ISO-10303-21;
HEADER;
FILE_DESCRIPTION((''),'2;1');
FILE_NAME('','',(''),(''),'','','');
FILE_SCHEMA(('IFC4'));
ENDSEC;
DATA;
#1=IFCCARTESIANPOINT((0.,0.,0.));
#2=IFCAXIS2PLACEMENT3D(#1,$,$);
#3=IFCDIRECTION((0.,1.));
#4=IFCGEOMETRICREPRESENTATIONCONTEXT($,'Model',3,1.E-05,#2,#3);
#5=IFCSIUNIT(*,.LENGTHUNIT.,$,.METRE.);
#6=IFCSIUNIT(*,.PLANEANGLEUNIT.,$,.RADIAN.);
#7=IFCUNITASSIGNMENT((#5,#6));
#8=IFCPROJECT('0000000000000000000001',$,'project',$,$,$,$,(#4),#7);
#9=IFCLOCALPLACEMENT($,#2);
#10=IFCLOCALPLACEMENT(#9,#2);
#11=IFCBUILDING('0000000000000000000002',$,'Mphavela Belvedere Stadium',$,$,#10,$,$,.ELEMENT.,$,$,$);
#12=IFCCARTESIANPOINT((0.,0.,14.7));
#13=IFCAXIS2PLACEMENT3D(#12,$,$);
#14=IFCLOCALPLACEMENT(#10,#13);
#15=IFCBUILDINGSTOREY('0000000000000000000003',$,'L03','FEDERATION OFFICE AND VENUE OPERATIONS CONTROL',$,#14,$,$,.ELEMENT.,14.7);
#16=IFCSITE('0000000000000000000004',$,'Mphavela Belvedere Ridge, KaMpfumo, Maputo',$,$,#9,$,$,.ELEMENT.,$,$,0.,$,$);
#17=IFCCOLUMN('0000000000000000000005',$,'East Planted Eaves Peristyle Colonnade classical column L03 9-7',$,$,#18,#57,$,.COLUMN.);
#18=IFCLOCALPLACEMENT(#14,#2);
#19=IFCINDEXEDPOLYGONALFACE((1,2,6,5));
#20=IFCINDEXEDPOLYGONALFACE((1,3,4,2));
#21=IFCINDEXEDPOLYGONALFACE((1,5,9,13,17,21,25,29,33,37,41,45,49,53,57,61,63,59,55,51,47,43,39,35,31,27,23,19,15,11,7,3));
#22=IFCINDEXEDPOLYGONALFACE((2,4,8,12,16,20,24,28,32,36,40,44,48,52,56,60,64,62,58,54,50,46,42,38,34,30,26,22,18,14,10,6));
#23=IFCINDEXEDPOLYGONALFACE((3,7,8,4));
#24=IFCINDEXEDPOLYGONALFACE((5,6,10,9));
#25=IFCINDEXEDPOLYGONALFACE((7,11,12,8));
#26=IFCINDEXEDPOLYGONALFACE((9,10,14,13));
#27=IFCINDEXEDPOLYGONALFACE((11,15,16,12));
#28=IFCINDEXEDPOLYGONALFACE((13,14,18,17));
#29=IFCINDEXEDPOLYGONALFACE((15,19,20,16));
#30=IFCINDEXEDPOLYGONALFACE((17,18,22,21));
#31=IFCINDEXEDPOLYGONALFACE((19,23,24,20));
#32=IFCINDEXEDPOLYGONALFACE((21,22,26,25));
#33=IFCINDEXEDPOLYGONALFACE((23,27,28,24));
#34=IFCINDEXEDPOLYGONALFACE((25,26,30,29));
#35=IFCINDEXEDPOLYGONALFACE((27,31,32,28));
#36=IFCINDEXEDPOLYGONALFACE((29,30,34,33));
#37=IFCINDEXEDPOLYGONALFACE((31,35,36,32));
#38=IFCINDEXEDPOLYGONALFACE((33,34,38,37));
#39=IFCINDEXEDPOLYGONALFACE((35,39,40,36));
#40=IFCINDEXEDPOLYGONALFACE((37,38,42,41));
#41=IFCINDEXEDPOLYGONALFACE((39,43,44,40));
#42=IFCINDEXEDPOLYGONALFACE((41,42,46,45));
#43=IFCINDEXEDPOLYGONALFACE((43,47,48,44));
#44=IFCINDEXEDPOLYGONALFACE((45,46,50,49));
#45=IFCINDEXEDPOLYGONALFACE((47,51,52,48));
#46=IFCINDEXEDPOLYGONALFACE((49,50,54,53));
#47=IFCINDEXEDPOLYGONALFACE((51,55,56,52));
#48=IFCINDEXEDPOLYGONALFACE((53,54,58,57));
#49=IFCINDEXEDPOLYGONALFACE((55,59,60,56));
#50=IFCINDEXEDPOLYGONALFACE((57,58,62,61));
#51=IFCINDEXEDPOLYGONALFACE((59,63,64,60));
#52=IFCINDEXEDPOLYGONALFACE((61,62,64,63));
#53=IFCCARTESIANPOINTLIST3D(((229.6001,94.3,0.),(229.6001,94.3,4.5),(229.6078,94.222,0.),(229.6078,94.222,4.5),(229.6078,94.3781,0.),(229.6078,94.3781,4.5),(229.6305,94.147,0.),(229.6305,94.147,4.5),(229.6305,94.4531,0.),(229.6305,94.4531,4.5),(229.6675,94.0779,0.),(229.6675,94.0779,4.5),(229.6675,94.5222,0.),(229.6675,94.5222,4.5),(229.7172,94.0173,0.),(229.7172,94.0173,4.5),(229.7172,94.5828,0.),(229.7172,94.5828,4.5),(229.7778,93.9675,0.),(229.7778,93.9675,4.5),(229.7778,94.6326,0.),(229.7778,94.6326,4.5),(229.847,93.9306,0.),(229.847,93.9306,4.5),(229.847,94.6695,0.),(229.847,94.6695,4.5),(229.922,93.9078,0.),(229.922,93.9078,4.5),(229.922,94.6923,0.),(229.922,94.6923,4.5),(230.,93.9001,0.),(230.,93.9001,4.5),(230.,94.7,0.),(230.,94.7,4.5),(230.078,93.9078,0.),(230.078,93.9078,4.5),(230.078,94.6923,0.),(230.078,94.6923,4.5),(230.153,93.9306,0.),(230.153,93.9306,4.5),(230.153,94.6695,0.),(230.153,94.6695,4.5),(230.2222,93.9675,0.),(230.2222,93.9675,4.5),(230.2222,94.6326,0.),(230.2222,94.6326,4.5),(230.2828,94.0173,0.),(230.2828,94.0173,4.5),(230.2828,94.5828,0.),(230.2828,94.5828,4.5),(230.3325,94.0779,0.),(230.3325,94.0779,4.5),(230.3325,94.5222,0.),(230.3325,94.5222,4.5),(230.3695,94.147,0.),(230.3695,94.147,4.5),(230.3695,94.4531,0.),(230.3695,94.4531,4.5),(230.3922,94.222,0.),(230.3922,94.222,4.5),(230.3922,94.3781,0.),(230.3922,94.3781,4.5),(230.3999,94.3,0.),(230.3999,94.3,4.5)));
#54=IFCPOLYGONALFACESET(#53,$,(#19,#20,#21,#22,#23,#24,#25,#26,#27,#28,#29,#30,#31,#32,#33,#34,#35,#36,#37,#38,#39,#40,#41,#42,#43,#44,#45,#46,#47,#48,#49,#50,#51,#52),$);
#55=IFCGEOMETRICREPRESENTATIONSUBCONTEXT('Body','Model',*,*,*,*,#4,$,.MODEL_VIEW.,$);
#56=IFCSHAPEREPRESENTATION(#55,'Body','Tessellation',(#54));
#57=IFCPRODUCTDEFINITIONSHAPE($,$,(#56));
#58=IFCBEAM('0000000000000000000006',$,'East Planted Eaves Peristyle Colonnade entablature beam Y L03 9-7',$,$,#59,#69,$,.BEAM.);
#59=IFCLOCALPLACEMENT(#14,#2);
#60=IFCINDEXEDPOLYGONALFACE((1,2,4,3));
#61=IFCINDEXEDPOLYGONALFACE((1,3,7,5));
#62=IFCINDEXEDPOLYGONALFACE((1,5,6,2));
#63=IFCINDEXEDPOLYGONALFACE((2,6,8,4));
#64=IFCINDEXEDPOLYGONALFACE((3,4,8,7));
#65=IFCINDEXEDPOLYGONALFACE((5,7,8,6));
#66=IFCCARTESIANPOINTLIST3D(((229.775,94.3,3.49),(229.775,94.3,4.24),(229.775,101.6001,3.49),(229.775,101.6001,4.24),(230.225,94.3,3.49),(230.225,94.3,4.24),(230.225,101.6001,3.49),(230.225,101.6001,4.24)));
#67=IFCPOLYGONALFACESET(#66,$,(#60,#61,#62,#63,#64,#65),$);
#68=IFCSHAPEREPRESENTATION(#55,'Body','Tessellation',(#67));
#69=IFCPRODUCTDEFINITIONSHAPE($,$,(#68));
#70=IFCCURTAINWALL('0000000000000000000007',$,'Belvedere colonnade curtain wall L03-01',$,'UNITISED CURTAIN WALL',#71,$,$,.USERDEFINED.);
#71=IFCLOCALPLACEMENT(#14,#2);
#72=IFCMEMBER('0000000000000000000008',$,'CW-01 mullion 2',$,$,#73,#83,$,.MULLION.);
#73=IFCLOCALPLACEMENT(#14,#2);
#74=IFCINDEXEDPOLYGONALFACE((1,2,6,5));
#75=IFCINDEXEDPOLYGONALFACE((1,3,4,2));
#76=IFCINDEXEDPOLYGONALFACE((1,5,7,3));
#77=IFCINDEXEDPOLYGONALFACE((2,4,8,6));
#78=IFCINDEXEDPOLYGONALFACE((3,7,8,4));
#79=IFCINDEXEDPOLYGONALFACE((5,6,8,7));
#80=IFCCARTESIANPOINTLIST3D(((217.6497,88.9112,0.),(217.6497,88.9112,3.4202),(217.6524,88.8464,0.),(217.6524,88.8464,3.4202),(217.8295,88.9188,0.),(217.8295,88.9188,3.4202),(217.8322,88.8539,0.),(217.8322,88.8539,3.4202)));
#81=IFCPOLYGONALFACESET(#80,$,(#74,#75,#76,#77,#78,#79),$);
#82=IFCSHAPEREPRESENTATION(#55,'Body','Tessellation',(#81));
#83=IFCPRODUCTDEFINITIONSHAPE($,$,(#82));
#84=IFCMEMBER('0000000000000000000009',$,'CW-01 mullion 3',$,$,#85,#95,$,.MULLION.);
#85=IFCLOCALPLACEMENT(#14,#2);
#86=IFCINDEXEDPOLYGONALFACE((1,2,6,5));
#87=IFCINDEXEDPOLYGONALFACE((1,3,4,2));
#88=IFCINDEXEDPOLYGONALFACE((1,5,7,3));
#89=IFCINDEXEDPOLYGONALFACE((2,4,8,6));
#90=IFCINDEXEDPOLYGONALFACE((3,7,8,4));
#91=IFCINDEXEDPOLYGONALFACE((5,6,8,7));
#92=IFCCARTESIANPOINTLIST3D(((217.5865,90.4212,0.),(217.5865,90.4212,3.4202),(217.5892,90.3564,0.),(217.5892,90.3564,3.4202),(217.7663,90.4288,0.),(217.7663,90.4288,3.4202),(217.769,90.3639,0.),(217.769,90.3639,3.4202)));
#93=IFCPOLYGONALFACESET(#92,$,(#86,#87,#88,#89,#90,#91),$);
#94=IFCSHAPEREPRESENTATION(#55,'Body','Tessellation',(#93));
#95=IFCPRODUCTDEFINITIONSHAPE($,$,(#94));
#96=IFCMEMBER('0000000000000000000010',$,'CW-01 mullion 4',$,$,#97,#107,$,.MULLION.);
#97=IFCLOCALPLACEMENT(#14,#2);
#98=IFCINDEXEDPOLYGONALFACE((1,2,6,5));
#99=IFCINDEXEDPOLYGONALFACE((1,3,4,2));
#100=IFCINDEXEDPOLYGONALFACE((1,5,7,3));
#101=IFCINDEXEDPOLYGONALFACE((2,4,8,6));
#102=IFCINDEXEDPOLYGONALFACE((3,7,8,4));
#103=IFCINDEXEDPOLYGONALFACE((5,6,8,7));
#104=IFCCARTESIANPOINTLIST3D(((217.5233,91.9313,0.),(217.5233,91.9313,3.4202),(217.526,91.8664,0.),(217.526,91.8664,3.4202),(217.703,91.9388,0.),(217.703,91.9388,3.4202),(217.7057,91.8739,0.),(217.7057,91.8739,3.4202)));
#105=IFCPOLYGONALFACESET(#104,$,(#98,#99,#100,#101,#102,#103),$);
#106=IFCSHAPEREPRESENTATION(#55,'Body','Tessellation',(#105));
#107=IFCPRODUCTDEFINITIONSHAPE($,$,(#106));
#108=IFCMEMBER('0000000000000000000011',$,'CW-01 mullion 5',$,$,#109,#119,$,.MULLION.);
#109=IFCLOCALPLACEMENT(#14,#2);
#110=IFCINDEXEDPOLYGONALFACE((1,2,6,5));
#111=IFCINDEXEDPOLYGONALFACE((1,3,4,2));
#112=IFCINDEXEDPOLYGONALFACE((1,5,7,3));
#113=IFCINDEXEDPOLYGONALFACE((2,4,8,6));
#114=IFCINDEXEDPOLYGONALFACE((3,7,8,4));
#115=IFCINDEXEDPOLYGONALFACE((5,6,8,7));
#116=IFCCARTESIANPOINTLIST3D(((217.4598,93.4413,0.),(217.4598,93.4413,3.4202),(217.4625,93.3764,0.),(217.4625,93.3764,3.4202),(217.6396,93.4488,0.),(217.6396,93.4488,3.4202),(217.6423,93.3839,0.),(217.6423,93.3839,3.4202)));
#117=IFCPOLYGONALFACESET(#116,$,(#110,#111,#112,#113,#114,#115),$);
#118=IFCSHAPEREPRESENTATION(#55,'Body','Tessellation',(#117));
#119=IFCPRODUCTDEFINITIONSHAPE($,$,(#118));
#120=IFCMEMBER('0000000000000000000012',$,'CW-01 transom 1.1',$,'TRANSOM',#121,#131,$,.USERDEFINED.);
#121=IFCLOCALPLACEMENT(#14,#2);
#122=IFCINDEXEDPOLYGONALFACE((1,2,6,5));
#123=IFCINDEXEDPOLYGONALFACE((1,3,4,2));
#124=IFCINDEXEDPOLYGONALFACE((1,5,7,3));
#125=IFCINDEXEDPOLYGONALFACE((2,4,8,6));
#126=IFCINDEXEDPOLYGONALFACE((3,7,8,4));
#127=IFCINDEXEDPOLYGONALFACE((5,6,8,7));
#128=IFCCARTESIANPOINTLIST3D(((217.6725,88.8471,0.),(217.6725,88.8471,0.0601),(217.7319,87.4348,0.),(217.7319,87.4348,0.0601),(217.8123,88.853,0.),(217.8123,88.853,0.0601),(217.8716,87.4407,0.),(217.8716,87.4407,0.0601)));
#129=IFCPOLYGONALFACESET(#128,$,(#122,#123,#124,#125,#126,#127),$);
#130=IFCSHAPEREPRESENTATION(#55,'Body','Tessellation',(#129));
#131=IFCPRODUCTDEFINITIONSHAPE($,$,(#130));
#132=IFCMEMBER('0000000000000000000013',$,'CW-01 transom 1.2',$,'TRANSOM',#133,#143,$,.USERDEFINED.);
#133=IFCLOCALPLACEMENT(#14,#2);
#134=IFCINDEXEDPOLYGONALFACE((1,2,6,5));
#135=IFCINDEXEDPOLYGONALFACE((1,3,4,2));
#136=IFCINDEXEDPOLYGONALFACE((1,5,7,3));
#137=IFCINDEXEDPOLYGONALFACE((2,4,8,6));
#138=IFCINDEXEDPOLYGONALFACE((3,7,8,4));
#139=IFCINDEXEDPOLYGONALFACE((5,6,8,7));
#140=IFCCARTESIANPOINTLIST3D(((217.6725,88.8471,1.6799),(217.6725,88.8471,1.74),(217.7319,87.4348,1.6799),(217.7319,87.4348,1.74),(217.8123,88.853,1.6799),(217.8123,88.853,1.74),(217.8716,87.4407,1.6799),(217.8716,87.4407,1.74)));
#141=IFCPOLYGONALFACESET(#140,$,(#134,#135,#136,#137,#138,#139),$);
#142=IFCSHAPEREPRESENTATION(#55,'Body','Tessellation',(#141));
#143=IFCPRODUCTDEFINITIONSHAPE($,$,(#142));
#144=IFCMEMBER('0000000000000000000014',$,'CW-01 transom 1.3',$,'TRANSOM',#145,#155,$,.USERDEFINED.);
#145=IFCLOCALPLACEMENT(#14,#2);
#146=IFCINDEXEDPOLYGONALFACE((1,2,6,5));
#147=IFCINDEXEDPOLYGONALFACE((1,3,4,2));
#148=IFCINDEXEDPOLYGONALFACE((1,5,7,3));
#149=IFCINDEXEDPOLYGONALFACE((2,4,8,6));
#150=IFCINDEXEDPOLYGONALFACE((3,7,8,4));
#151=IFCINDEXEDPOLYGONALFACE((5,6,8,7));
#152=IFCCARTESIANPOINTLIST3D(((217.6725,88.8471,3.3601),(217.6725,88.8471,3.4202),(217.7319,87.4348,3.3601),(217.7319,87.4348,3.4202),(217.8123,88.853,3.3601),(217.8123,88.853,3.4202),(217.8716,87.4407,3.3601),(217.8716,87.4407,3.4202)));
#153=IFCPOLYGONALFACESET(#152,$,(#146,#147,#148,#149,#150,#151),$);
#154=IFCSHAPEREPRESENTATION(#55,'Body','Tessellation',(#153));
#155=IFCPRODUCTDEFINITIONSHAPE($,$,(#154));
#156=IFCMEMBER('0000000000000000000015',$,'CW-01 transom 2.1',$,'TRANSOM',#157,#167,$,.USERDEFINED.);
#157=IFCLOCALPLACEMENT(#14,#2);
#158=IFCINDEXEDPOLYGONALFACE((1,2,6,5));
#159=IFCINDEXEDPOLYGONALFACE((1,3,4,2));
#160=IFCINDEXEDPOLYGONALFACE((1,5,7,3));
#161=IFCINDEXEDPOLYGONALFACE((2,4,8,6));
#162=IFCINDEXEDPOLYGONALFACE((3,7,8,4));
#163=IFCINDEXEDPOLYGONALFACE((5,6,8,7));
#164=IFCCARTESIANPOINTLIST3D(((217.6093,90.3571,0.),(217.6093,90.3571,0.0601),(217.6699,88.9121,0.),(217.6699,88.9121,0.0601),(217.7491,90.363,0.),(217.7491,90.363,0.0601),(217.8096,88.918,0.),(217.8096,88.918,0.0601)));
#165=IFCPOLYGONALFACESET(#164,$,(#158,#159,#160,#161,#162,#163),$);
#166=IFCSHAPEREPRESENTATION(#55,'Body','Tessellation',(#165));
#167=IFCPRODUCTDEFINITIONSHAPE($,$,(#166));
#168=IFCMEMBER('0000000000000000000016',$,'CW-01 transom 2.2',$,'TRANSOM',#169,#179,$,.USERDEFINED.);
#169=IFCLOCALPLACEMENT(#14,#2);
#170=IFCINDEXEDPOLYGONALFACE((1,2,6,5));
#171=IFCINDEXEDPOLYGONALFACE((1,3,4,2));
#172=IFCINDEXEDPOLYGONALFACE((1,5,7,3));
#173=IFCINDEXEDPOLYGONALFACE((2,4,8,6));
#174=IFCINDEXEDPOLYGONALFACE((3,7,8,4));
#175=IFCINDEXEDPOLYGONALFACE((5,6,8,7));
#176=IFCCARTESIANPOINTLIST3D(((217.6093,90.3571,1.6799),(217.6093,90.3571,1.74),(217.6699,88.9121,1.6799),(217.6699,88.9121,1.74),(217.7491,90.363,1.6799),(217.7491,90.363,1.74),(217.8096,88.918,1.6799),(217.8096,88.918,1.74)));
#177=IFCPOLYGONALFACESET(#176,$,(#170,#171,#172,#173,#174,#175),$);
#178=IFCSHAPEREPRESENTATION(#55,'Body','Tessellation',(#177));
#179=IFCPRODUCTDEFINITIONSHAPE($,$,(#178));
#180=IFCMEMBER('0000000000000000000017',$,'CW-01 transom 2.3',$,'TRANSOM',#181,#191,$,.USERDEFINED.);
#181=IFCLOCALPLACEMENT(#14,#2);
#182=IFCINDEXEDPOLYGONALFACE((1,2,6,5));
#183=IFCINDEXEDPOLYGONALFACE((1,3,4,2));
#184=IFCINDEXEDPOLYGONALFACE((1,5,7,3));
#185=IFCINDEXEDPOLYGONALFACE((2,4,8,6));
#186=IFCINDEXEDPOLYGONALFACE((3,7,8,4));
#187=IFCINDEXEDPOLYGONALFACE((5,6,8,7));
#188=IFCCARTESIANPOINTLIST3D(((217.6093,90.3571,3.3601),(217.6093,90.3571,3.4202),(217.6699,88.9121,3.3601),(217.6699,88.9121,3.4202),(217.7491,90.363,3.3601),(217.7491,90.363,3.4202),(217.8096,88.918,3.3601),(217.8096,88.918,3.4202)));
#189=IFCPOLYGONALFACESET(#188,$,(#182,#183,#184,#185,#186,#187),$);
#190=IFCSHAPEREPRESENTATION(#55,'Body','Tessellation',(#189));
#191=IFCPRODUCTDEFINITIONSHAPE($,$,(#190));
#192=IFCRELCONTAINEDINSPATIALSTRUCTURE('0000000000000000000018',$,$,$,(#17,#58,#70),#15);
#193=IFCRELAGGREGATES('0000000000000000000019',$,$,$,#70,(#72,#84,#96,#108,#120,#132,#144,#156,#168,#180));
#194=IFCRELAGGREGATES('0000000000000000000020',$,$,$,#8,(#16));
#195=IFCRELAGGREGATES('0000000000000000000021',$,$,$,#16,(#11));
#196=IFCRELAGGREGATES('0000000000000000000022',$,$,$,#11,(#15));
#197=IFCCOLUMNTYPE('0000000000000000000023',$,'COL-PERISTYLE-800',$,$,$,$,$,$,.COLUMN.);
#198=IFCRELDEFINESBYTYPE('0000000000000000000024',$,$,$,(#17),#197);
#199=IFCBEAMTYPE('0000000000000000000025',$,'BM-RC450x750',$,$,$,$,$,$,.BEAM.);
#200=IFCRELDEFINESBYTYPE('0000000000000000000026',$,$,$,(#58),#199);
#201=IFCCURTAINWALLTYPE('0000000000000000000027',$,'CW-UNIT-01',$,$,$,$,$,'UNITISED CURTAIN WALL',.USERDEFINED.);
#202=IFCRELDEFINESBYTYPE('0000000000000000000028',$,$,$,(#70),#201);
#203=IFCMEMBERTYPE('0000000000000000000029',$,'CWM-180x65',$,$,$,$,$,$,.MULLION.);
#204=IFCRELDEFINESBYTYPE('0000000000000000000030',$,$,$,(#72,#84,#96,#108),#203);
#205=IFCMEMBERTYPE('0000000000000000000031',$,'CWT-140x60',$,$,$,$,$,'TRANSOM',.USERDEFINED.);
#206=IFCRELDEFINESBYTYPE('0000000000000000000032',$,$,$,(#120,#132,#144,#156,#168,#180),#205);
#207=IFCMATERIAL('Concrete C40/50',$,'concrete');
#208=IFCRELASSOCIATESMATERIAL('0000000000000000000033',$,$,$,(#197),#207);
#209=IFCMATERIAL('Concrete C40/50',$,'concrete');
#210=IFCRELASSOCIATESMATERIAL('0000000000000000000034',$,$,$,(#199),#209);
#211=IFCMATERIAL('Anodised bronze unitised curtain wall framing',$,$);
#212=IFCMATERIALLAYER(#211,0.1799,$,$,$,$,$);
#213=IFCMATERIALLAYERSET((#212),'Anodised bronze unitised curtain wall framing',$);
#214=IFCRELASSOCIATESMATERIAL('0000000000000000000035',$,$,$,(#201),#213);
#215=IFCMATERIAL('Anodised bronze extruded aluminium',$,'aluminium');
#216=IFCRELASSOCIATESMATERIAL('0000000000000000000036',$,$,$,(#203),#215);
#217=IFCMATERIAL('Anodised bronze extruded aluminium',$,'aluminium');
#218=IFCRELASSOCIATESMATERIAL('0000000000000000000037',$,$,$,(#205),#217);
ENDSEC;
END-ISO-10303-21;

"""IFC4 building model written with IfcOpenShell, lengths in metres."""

from ifc_helpers import new_model, si_unit, direction, frame, origin, origin_2d, place, context, subcontext, project, spatial, rectangle, circle, extrude, material, layer, layer_set, material_profile, profile_set, type_object, element, aggregate, save


model = new_model("IFC4")

# Units and contexts
model_context = context("Model", 3, precision=1e-05, world=origin(), true_north=direction((0.0, 1.0)))
body_context = subcontext(model_context, "Body", "Model", "MODEL_VIEW")
ifc_project = project(units=[si_unit("LENGTHUNIT", "METRE"), si_unit("PLANEANGLEUNIT", "RADIAN")], contexts=[model_context])

# Site, building, storey
site_placement = place(None, origin())
site = spatial("IfcSite", under=ifc_project, at=site_placement, Name="Mphavela Belvedere Ridge, KaMpfumo, Maputo", CompositionType="ELEMENT", RefElevation=0.0)
building_placement = place(site_placement, origin())
building = spatial("IfcBuilding", under=site, at=building_placement, Name="Mphavela Belvedere Stadium", CompositionType="ELEMENT")
storey_placement = place(building_placement, frame((0.0, 0.0, 14.7)))
storey = spatial("IfcBuildingStorey", under=building, at=storey_placement, Name="L03", Description="FEDERATION OFFICE AND VENUE OPERATIONS CONTROL", CompositionType="ELEMENT", Elevation=14.7)

# Column
ifc_material_1 = material(Name="Concrete C40/50", Category="concrete")
ifc_material_profile_1 = material_profile(ifc_material_1, circle(Radius=0.3999, at=origin_2d()), Name="COL D800")
ifc_profile_set_1 = profile_set([ifc_material_profile_1], Name="Concrete C40/50")
column_type = type_object("IfcColumnType", Name="COL-PERISTYLE-800", PredefinedType="COLUMN", material=ifc_profile_set_1)
column_placement = place(storey_placement, frame((230.0, 94.3, 0.0), z_axis=(0.0, 0.0, 1.0), x_axis=(1.0, 0.0, 0.0)))
element("IfcColumn", 1, at=column_placement, inside=storey, type_object=column_type, Name="East Planted Eaves Peristyle Colonnade classical column L03 9-7", PredefinedType="COLUMN", context=body_context, shape_type="SweptSolid", body=[
    extrude(circle(Radius=0.3999, at=origin_2d()), origin(), (0.0, 0.0, 1.0), 4.5),
])

# Beam
ifc_material_2 = material(Name="Concrete C40/50", Category="concrete")
ifc_material_profile_2 = material_profile(ifc_material_2, rectangle(XDim=0.45, YDim=0.75, at=origin_2d()), Name="RC 450x750")
ifc_profile_set_2 = profile_set([ifc_material_profile_2], Name="Concrete C40/50")
beam_type = type_object("IfcBeamType", Name="BM-RC450x750", PredefinedType="BEAM", material=ifc_profile_set_2)
beam_placement = place(storey_placement, frame((230.0, 94.3, 3.865), z_axis=(0.0, 1.0, 0.0), x_axis=(-1.0, 0.0, 0.0)))
element("IfcBeam", 2, at=beam_placement, inside=storey, type_object=beam_type, Name="East Planted Eaves Peristyle Colonnade entablature beam Y L03 9-7", PredefinedType="BEAM", context=body_context, shape_type="SweptSolid", body=[
    extrude(rectangle(XDim=0.45, YDim=0.75, at=origin_2d()), origin(), (0.0, 0.0, 1.0), 7.3),
])

# Curtain wall, members
ifc_material_3 = material(Name="Anodised bronze unitised curtain wall framing")
ifc_layer_1 = layer(ifc_material_3, 0.1799)
ifc_layer_set_1 = layer_set([ifc_layer_1], Name="Anodised bronze unitised curtain wall framing")
curtain_wall_type = type_object("IfcCurtainWallType", Name="CW-UNIT-01", ElementType="UNITISED CURTAIN WALL", PredefinedType="USERDEFINED", material=ifc_layer_set_1)
curtain_wall_placement = place(storey_placement, origin())
curtain_wall = element("IfcCurtainWall", 3, at=curtain_wall_placement, inside=storey, type_object=curtain_wall_type, Name="Belvedere colonnade curtain wall L03-01", ObjectType="UNITISED CURTAIN WALL", PredefinedType="USERDEFINED")
ifc_material_4 = material(Name="Anodised bronze extruded aluminium", Category="aluminium")
ifc_material_profile_3 = material_profile(ifc_material_4, rectangle(XDim=0.1799, YDim=0.0649, at=origin_2d()), Name="CW-MUL 180x65")
ifc_profile_set_3 = profile_set([ifc_material_profile_3], Name="Anodised bronze extruded aluminium")
member_type_1 = type_object("IfcMemberType", Name="CWM-180x65", PredefinedType="MULLION", material=ifc_profile_set_3)
member_1_placement = place(storey_placement, frame((217.741, 88.8826, 0.0), z_axis=(0.0, 0.0, 1.0), x_axis=(-0.999121, -0.041911, 0.0)))
member_1 = element("IfcMember", 4, at=member_1_placement, type_object=member_type_1, Name="CW-01 mullion 2", PredefinedType="MULLION", context=body_context, shape_type="SweptSolid", body=[
    extrude(rectangle(XDim=0.1799, YDim=0.0649, at=origin_2d()), origin(), (0.0, 0.0, 1.0), 3.4202),
])
member_2_placement = place(storey_placement, frame((217.6777, 90.3926, 0.0), z_axis=(0.0, 0.0, 1.0), x_axis=(-0.999121, -0.041911, 0.0)))
member_2 = element("IfcMember", 5, at=member_2_placement, type_object=member_type_1, Name="CW-01 mullion 3", PredefinedType="MULLION", context=body_context, shape_type="SweptSolid", body=[
    extrude(rectangle(XDim=0.1799, YDim=0.0649, at=origin_2d()), origin(), (0.0, 0.0, 1.0), 3.4202),
])
member_3_placement = place(storey_placement, frame((217.6145, 91.9026, 0.0), z_axis=(0.0, 0.0, 1.0), x_axis=(-0.999121, -0.041911, 0.0)))
member_3 = element("IfcMember", 6, at=member_3_placement, type_object=member_type_1, Name="CW-01 mullion 4", PredefinedType="MULLION", context=body_context, shape_type="SweptSolid", body=[
    extrude(rectangle(XDim=0.1799, YDim=0.0649, at=origin_2d()), origin(), (0.0, 0.0, 1.0), 3.4202),
])
member_4_placement = place(storey_placement, frame((217.551, 93.4126, 0.0), z_axis=(0.0, 0.0, 1.0), x_axis=(-0.999121, -0.041911, 0.0)))
member_4 = element("IfcMember", 7, at=member_4_placement, type_object=member_type_1, Name="CW-01 mullion 5", PredefinedType="MULLION", context=body_context, shape_type="SweptSolid", body=[
    extrude(rectangle(XDim=0.1799, YDim=0.0649, at=origin_2d()), origin(), (0.0, 0.0, 1.0), 3.4202),
])
ifc_material_5 = material(Name="Anodised bronze extruded aluminium", Category="aluminium")
ifc_material_profile_4 = material_profile(ifc_material_5, rectangle(XDim=0.1399, YDim=0.0601, at=origin_2d()), Name="CW-TRN 140x60")
ifc_profile_set_4 = profile_set([ifc_material_profile_4], Name="Anodised bronze extruded aluminium")
member_type_2 = type_object("IfcMemberType", Name="CWT-140x60", ElementType="TRANSOM", PredefinedType="USERDEFINED", material=ifc_profile_set_4)
member_5_placement = place(storey_placement, frame((217.8018, 87.4377, 0.03), z_axis=(-0.041968, 0.999119, 0.0), x_axis=(-0.999119, -0.041968, 0.0)))
member_5 = element("IfcMember", 8, at=member_5_placement, type_object=member_type_2, Name="CW-01 transom 1.1", ObjectType="TRANSOM", PredefinedType="USERDEFINED", context=body_context, shape_type="SweptSolid", body=[
    extrude(rectangle(XDim=0.1399, YDim=0.0601, at=origin_2d()), origin(), (0.0, 0.0, 1.0), 1.4136),
])
member_6_placement = place(storey_placement, frame((217.8018, 87.4377, 1.71), z_axis=(-0.041968, 0.999119, 0.0), x_axis=(-0.999119, -0.041968, 0.0)))
member_6 = element("IfcMember", 9, at=member_6_placement, type_object=member_type_2, Name="CW-01 transom 1.2", ObjectType="TRANSOM", PredefinedType="USERDEFINED", context=body_context, shape_type="SweptSolid", body=[
    extrude(rectangle(XDim=0.1399, YDim=0.0601, at=origin_2d()), origin(), (0.0, 0.0, 1.0), 1.4136),
])
member_7_placement = place(storey_placement, frame((217.8018, 87.4377, 3.3901), z_axis=(-0.041968, 0.999119, 0.0), x_axis=(-0.999119, -0.041968, 0.0)))
member_7 = element("IfcMember", 10, at=member_7_placement, type_object=member_type_2, Name="CW-01 transom 1.3", ObjectType="TRANSOM", PredefinedType="USERDEFINED", context=body_context, shape_type="SweptSolid", body=[
    extrude(rectangle(XDim=0.1399, YDim=0.0601, at=origin_2d()), origin(), (0.0, 0.0, 1.0), 1.4136),
])
member_8_placement = place(storey_placement, frame((217.7397, 88.915, 0.03), z_axis=(-0.041862, 0.999123, 0.0), x_axis=(-0.999123, -0.041862, 0.0)))
member_8 = element("IfcMember", 11, at=member_8_placement, type_object=member_type_2, Name="CW-01 transom 2.1", ObjectType="TRANSOM", PredefinedType="USERDEFINED", context=body_context, shape_type="SweptSolid", body=[
    extrude(rectangle(XDim=0.1399, YDim=0.0601, at=origin_2d()), origin(), (0.0, 0.0, 1.0), 1.4463),
])
member_9_placement = place(storey_placement, frame((217.7397, 88.915, 1.71), z_axis=(-0.041862, 0.999123, 0.0), x_axis=(-0.999123, -0.041862, 0.0)))
member_9 = element("IfcMember", 12, at=member_9_placement, type_object=member_type_2, Name="CW-01 transom 2.2", ObjectType="TRANSOM", PredefinedType="USERDEFINED", context=body_context, shape_type="SweptSolid", body=[
    extrude(rectangle(XDim=0.1399, YDim=0.0601, at=origin_2d()), origin(), (0.0, 0.0, 1.0), 1.4463),
])
member_10_placement = place(storey_placement, frame((217.7397, 88.915, 3.3901), z_axis=(-0.041862, 0.999123, 0.0), x_axis=(-0.999123, -0.041862, 0.0)))
member_10 = element("IfcMember", 13, at=member_10_placement, type_object=member_type_2, Name="CW-01 transom 2.3", ObjectType="TRANSOM", PredefinedType="USERDEFINED", context=body_context, shape_type="SweptSolid", body=[
    extrude(rectangle(XDim=0.1399, YDim=0.0601, at=origin_2d()), origin(), (0.0, 0.0, 1.0), 1.4463),
])
aggregate(curtain_wall, [member_1, member_2, member_3, member_4, member_5, member_6, member_7, member_8, member_9, member_10])

save(model, "model.ifc")
